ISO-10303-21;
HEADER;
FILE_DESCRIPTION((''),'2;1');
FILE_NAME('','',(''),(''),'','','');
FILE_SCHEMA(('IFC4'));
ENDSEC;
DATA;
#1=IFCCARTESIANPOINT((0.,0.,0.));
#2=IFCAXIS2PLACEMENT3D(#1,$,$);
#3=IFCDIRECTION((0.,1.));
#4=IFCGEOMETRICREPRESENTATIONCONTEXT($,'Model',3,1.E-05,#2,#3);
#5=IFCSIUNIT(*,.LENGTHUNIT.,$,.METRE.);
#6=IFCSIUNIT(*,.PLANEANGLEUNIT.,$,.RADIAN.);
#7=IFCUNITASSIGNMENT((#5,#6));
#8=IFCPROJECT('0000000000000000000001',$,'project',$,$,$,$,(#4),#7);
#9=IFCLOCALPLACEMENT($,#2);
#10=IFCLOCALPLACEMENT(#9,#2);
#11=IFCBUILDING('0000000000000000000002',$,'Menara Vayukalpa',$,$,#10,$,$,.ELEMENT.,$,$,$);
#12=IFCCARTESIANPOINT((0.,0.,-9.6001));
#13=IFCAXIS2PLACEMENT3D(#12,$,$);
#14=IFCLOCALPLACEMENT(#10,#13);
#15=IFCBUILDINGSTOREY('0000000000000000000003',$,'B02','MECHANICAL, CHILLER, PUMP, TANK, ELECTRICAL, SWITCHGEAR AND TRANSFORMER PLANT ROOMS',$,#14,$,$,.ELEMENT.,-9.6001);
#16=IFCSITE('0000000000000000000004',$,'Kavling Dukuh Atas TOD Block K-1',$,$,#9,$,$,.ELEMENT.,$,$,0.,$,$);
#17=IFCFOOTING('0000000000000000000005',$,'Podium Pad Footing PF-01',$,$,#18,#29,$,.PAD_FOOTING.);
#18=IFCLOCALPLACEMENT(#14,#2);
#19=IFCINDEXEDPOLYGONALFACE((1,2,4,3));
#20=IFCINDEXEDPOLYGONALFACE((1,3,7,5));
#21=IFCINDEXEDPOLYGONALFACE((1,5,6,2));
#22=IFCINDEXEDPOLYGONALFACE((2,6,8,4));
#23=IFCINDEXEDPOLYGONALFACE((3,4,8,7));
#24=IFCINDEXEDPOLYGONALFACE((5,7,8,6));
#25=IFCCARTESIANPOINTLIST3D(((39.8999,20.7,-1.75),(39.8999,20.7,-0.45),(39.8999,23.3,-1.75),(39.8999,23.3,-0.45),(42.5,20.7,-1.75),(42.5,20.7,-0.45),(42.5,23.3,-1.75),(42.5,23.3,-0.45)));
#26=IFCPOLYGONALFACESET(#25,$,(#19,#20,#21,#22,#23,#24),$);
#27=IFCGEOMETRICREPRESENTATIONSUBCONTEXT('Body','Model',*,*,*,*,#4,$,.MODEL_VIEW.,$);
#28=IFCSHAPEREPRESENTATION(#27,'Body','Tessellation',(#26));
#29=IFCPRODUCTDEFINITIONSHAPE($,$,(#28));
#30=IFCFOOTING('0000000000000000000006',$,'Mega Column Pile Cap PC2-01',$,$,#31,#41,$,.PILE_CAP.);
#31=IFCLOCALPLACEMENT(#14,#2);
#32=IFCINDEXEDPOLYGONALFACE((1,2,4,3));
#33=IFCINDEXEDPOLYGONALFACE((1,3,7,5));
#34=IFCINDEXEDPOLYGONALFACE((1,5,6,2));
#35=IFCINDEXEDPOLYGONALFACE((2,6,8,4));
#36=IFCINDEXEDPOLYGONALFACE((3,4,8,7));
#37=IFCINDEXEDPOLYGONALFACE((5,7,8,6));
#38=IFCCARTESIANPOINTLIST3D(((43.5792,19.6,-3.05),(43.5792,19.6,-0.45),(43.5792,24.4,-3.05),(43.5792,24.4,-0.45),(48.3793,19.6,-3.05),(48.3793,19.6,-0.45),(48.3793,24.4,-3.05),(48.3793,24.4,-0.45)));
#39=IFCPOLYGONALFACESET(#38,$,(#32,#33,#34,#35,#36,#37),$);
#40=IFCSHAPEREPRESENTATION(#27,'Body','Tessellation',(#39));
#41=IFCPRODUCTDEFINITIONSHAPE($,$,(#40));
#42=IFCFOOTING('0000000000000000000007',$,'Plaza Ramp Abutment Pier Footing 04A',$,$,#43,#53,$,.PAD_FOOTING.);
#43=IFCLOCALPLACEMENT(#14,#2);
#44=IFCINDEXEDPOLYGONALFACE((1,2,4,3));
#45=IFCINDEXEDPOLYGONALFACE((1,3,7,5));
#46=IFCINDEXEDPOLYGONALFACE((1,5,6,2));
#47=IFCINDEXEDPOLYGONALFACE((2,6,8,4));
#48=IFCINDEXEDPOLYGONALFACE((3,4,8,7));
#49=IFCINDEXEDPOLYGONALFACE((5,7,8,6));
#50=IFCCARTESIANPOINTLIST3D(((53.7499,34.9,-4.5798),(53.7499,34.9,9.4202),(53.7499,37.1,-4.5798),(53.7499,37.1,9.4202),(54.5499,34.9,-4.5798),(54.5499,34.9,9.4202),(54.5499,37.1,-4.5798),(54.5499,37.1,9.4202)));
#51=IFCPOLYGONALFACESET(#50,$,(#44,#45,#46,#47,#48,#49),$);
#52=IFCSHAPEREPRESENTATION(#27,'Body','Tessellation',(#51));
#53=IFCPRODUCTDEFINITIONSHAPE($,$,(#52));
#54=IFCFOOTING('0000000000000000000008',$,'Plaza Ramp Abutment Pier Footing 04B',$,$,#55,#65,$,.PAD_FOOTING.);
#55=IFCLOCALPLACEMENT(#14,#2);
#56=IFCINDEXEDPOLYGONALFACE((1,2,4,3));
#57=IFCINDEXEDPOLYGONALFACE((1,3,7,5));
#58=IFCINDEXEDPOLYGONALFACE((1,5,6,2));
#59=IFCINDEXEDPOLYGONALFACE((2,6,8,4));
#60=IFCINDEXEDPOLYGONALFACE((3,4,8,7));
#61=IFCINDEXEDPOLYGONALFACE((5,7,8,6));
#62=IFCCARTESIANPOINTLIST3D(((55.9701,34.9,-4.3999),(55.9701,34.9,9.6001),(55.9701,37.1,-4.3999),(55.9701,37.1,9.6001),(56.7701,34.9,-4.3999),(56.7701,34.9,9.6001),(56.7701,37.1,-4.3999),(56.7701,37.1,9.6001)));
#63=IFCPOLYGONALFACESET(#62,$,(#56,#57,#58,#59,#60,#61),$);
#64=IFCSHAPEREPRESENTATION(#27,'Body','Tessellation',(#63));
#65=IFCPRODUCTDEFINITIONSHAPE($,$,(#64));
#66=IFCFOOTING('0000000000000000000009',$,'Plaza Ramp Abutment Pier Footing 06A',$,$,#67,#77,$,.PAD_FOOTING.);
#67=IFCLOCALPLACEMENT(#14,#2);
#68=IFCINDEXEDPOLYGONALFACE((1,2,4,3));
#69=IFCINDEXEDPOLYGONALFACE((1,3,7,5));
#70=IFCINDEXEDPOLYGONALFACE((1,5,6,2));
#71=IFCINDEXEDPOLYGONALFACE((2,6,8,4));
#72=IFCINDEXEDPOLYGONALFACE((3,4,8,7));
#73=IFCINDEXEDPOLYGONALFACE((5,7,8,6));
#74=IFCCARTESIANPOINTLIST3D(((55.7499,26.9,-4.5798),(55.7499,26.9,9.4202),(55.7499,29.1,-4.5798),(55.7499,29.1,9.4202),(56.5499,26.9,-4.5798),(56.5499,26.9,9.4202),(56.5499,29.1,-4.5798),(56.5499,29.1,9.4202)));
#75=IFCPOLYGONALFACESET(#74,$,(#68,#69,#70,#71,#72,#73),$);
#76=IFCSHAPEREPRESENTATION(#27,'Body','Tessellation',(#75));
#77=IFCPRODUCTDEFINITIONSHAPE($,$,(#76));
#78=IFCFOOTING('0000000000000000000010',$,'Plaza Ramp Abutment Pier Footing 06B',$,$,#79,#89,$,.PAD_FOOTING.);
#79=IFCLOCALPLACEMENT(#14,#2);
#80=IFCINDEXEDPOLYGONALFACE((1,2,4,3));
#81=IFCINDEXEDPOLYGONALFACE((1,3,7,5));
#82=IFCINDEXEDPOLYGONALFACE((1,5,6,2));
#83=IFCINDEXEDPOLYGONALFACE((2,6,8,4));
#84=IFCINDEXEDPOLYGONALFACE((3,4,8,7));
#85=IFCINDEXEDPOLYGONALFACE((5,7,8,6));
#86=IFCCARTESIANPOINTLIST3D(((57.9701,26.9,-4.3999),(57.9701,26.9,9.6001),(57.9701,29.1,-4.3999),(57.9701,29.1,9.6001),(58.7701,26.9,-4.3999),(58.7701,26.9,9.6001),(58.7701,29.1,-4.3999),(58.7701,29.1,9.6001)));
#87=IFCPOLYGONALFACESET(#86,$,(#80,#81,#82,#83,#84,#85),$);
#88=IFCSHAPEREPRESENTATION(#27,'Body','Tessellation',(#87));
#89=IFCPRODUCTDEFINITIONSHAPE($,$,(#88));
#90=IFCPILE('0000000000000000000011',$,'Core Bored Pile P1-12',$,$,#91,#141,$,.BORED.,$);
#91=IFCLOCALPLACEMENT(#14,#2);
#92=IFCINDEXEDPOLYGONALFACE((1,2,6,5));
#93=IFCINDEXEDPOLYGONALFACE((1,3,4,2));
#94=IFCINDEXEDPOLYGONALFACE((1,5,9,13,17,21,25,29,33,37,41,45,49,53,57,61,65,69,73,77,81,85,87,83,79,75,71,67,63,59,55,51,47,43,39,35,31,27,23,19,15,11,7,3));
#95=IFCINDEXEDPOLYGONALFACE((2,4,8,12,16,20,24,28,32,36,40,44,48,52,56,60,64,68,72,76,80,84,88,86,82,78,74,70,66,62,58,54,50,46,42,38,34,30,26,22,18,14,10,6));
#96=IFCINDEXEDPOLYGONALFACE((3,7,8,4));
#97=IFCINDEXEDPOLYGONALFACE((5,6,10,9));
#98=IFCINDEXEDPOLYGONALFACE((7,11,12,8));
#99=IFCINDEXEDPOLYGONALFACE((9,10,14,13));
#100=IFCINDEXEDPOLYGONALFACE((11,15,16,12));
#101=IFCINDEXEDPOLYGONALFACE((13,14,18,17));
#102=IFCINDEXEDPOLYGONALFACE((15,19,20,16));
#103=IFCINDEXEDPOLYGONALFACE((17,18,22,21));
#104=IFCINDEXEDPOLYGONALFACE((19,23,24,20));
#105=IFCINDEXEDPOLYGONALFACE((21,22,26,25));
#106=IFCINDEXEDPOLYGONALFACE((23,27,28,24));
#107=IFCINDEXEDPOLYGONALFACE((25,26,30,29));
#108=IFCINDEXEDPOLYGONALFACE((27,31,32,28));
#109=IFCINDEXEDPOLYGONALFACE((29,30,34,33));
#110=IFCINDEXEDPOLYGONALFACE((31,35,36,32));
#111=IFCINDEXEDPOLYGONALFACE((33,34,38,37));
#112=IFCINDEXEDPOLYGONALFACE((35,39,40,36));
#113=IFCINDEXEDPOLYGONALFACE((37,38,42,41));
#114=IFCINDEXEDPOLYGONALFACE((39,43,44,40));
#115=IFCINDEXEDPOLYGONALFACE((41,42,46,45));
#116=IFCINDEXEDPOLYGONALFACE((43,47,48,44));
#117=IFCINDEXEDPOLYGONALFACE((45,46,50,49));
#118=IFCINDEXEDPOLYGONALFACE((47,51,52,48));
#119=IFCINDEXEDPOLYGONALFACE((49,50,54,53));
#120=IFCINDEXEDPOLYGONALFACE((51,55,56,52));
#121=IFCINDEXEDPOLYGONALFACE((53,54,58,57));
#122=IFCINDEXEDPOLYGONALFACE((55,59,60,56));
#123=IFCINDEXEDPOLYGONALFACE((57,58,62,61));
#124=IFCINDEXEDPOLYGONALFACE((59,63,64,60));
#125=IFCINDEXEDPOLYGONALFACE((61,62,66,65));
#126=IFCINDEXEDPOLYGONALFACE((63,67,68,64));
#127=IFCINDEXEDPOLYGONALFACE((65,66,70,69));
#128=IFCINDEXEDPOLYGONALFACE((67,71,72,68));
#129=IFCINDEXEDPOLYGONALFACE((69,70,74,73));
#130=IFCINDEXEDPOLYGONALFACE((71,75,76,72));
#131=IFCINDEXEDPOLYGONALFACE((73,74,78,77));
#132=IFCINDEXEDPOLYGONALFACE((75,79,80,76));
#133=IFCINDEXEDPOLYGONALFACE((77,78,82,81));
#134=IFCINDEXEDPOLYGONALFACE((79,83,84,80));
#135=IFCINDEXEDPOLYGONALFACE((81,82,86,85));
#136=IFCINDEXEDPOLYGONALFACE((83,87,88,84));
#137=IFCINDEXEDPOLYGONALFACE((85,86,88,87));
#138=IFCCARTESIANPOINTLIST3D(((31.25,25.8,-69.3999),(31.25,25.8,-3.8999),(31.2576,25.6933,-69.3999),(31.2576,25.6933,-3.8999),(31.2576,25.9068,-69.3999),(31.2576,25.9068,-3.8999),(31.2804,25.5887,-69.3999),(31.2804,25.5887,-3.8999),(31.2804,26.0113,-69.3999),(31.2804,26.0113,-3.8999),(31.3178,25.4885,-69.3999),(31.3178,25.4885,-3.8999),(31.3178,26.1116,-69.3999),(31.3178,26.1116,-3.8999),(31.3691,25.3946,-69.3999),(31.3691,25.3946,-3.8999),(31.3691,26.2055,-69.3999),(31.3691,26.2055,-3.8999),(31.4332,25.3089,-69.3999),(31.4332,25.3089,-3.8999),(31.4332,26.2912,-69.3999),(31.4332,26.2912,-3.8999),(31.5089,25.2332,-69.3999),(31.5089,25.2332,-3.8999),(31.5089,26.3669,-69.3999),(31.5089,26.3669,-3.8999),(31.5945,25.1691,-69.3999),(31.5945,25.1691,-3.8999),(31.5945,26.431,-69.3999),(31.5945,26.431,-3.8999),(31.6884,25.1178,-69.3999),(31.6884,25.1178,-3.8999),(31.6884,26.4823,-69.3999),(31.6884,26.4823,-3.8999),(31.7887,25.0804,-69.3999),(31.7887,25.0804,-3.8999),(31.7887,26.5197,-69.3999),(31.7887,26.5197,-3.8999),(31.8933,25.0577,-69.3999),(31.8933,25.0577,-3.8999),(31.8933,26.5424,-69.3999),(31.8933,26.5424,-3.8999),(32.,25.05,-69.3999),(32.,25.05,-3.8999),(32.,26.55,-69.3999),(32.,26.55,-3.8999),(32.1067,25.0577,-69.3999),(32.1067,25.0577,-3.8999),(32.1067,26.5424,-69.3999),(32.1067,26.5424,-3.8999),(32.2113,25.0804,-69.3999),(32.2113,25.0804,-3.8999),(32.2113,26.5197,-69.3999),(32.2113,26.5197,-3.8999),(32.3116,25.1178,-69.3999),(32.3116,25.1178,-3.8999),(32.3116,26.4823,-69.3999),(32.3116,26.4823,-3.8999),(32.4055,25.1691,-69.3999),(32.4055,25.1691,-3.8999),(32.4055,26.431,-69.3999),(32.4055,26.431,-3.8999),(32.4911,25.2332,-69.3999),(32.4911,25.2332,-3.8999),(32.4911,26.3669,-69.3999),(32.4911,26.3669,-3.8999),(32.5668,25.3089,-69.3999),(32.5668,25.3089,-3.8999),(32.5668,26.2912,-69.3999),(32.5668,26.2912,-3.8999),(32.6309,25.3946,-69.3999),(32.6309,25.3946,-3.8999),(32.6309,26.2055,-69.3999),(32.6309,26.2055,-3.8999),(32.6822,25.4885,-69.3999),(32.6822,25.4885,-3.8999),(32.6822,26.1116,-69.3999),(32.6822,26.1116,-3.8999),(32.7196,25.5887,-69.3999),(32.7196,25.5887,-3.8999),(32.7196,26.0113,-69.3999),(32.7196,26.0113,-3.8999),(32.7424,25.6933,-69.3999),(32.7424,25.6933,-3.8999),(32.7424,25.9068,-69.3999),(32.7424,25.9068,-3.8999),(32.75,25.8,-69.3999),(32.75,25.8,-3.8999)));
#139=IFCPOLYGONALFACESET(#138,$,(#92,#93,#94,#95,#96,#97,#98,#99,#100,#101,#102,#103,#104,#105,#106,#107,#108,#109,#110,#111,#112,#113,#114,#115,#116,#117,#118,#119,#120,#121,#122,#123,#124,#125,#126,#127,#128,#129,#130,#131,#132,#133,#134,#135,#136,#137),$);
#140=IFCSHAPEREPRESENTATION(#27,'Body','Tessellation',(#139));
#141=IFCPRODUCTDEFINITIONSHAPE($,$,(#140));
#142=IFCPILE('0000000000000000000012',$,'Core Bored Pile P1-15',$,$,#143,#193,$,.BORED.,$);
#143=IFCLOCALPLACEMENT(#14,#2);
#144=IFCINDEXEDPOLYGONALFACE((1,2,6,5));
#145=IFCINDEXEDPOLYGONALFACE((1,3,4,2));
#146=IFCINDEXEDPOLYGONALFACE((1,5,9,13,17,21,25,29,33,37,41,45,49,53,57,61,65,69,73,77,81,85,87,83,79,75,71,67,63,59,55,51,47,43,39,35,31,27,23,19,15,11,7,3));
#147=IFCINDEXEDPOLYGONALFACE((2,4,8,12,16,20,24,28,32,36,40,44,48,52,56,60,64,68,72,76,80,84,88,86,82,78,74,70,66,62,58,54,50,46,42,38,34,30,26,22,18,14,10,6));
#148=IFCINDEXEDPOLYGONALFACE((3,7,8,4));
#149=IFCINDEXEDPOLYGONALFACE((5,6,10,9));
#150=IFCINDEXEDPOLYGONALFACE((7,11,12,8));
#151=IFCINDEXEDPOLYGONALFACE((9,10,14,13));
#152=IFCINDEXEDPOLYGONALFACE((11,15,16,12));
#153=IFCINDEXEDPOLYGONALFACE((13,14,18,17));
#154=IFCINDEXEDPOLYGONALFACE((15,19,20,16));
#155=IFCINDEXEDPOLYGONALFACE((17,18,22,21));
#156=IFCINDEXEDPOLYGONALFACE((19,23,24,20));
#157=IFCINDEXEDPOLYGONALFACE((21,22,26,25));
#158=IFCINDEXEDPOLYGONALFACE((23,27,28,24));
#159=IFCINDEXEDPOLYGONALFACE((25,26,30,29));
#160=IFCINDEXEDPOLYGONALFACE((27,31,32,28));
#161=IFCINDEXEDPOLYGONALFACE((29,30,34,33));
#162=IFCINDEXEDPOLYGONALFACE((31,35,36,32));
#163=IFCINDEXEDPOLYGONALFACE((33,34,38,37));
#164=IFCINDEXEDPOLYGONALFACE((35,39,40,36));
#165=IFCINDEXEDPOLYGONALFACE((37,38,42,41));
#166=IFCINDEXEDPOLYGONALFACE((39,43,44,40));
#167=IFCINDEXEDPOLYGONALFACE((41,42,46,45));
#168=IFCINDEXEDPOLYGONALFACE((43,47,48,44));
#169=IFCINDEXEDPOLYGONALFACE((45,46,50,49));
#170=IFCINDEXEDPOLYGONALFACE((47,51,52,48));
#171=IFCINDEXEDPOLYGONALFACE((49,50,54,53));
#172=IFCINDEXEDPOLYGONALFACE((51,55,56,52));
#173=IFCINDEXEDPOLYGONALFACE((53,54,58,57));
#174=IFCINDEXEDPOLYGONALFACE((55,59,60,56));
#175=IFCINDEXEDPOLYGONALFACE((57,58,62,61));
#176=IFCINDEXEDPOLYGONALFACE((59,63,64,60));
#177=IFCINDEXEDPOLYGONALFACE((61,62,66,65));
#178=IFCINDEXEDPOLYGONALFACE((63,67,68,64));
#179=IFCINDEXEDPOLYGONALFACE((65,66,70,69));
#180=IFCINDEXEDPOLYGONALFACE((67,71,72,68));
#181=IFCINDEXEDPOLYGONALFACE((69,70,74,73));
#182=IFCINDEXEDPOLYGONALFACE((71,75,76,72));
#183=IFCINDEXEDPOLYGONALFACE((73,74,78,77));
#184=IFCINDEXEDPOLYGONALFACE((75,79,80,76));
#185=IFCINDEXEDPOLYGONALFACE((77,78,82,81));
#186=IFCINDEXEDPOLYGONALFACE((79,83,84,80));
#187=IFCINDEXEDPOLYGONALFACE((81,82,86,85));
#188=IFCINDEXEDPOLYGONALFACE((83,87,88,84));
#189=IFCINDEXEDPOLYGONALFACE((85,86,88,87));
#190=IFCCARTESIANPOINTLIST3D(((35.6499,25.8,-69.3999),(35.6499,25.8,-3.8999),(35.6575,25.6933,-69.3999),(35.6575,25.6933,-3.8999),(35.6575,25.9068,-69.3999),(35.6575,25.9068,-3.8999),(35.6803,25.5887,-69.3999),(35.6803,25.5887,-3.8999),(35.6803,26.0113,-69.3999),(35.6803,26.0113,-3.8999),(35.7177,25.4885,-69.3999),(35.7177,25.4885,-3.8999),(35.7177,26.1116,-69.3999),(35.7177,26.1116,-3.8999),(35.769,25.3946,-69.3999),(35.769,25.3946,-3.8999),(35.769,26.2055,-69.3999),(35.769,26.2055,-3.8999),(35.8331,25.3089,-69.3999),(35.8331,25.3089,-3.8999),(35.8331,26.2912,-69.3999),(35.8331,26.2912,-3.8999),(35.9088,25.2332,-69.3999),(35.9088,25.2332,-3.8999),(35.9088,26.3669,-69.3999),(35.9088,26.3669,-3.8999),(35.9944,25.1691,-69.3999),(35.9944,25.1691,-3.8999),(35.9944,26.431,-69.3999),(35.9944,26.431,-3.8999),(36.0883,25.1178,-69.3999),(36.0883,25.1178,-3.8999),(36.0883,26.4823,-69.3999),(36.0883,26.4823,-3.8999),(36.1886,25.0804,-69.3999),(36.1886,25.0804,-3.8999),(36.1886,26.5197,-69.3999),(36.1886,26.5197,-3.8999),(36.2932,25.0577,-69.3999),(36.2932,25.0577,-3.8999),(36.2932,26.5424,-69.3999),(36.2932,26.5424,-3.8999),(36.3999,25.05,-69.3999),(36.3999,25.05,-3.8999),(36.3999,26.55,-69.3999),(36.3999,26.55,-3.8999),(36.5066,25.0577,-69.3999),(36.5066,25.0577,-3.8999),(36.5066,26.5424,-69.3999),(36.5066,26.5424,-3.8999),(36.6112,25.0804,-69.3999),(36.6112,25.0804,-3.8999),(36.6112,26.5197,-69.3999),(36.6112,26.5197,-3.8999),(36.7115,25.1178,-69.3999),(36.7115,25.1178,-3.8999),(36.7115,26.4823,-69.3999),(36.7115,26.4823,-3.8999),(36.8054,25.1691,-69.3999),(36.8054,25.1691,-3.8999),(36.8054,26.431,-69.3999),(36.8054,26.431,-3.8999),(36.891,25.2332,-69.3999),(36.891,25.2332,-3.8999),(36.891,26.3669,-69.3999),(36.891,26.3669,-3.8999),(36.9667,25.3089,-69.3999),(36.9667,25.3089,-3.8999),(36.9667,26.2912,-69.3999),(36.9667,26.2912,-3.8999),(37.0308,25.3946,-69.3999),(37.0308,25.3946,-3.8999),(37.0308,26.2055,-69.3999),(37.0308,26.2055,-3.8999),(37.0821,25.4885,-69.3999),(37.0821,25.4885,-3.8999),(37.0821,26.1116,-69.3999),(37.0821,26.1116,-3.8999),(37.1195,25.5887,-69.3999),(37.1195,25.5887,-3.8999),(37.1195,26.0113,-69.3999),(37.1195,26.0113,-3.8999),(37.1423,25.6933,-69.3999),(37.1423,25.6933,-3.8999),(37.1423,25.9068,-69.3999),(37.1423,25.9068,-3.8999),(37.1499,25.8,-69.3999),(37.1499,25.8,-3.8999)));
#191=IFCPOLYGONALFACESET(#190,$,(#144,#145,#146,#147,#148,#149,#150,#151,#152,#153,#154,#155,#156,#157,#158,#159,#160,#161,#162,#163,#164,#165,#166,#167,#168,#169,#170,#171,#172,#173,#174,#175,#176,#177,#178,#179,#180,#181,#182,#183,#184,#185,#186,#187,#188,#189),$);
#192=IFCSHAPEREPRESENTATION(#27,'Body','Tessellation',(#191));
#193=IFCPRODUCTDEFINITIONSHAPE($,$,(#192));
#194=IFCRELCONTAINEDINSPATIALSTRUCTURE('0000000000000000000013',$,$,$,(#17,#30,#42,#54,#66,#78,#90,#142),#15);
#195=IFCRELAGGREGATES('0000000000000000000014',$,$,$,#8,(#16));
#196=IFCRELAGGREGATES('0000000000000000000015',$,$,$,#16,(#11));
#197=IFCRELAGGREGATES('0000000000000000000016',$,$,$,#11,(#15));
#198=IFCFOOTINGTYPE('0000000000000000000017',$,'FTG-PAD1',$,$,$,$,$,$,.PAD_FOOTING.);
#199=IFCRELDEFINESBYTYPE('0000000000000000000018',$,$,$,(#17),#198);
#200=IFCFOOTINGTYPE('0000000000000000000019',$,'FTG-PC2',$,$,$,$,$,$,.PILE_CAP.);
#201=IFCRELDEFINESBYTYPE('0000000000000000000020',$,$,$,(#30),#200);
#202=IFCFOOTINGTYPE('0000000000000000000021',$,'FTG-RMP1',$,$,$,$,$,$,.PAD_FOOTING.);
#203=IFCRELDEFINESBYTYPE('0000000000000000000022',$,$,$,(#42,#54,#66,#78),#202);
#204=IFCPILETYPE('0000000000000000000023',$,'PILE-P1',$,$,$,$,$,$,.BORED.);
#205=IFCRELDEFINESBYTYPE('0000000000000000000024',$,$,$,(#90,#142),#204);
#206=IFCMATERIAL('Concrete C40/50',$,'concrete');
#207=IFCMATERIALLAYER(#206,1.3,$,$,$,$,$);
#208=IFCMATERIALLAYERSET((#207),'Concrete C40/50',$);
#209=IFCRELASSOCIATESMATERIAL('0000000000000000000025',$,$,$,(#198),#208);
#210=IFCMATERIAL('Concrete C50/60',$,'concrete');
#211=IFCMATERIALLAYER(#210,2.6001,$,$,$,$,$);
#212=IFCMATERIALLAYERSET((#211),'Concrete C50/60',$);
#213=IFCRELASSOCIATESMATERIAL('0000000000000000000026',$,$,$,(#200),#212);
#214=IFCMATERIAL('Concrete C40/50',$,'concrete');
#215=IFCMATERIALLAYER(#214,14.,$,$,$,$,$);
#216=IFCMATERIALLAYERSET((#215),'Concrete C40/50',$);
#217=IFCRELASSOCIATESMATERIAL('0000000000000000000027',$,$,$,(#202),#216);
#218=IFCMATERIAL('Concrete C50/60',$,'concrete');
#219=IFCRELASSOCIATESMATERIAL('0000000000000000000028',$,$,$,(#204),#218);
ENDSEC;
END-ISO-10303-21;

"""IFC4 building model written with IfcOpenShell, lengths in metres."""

from ifc_helpers import new_model, si_unit, direction, frame, origin, origin_2d, place, context, subcontext, project, spatial, rectangle, circle, extrude, material, layer, layer_set, material_profile, profile_set, type_object, element, save


model = new_model("IFC4")

# Units and contexts
model_context = context("Model", 3, precision=1e-05, world=origin(), true_north=direction((0.0, 1.0)))
body_context = subcontext(model_context, "Body", "Model", "MODEL_VIEW")
ifc_project = project(units=[si_unit("LENGTHUNIT", "METRE"), si_unit("PLANEANGLEUNIT", "RADIAN")], contexts=[model_context])

# Site, building, storey
site_placement = place(None, origin())
site = spatial("IfcSite", under=ifc_project, at=site_placement, Name="Kavling Dukuh Atas TOD Block K-1", CompositionType="ELEMENT", RefElevation=0.0)
building_placement = place(site_placement, origin())
building = spatial("IfcBuilding", under=site, at=building_placement, Name="Menara Vayukalpa", CompositionType="ELEMENT")
storey_placement = place(building_placement, frame((0.0, 0.0, -9.6001)))
storey = spatial("IfcBuildingStorey", under=building, at=storey_placement, Name="B02", Description="MECHANICAL, CHILLER, PUMP, TANK, ELECTRICAL, SWITCHGEAR AND TRANSFORMER PLANT ROOMS", CompositionType="ELEMENT", Elevation=-9.6001)

# Footings
ifc_material_1 = material(Name="Concrete C40/50", Category="concrete")
ifc_layer_1 = layer(ifc_material_1, 1.3)
ifc_layer_set_1 = layer_set([ifc_layer_1], Name="Concrete C40/50")
footing_type_1 = type_object("IfcFootingType", Name="FTG-PAD1", PredefinedType="PAD_FOOTING", material=ifc_layer_set_1)
footing_1_placement = place(storey_placement, frame((41.2, 22.0, -1.75), z_axis=(0.0, 0.0, 1.0), x_axis=(1.0, 0.0, 0.0)))
element("IfcFooting", 1, at=footing_1_placement, inside=storey, type_object=footing_type_1, Name="Podium Pad Footing PF-01", PredefinedType="PAD_FOOTING", context=body_context, shape_type="SweptSolid", body=[
    extrude(rectangle(XDim=2.6001, YDim=2.6001, at=origin_2d()), origin(), (0.0, 0.0, 1.0), 1.3),
])
ifc_material_2 = material(Name="Concrete C50/60", Category="concrete")
ifc_layer_2 = layer(ifc_material_2, 2.6001)
ifc_layer_set_2 = layer_set([ifc_layer_2], Name="Concrete C50/60")
footing_type_2 = type_object("IfcFootingType", Name="FTG-PC2", PredefinedType="PILE_CAP", material=ifc_layer_set_2)
footing_2_placement = place(storey_placement, frame((45.9792, 22.0, -3.05), z_axis=(0.0, 0.0, 1.0), x_axis=(1.0, 0.0, 0.0)))
element("IfcFooting", 2, at=footing_2_placement, inside=storey, type_object=footing_type_2, Name="Mega Column Pile Cap PC2-01", PredefinedType="PILE_CAP", context=body_context, shape_type="SweptSolid", body=[
    extrude(rectangle(XDim=4.8, YDim=4.8, at=origin_2d()), origin(), (0.0, 0.0, 1.0), 2.6001),
])
ifc_material_3 = material(Name="Concrete C40/50", Category="concrete")
ifc_layer_3 = layer(ifc_material_3, 14.0)
ifc_layer_set_3 = layer_set([ifc_layer_3], Name="Concrete C40/50")
footing_type_3 = type_object("IfcFootingType", Name="FTG-RMP1", PredefinedType="PAD_FOOTING", material=ifc_layer_set_3)
for number, where, z_axis, x_axis, name in (
    (3, (54.1499, 36.0, -4.5798), (0.0, 0.0, 1.0), (1.0, 0.0, 0.0), "Plaza Ramp Abutment Pier Footing 04A"),
    (4, (56.3701, 36.0, -4.3999), (0.0, 0.0, 1.0), (1.0, 0.0, 0.0), "Plaza Ramp Abutment Pier Footing 04B"),
    (5, (56.1499, 28.0, -4.5798), (0.0, 0.0, 1.0), (1.0, 0.0, 0.0), "Plaza Ramp Abutment Pier Footing 06A"),
    (6, (58.3701, 28.0, -4.3999), (0.0, 0.0, 1.0), (1.0, 0.0, 0.0), "Plaza Ramp Abutment Pier Footing 06B"),
):
    element("IfcFooting", number, at=place(storey_placement, frame(where, z_axis=z_axis, x_axis=x_axis)), inside=storey, type_object=footing_type_3, Name=name, PredefinedType="PAD_FOOTING", context=body_context, shape_type="SweptSolid", body=[
        extrude(rectangle(XDim=0.8, YDim=2.2, at=origin_2d()), origin(), (0.0, 0.0, 1.0), 14.0),
    ])

# Piles
ifc_material_4 = material(Name="Concrete C50/60", Category="concrete")
ifc_material_profile_1 = material_profile(ifc_material_4, circle(Radius=0.75, at=origin_2d()), Name="PILE D1500")
ifc_profile_set_1 = profile_set([ifc_material_profile_1], Name="Concrete C50/60")
pile_type_1 = type_object("IfcPileType", Name="PILE-P1", PredefinedType="BORED", material=ifc_profile_set_1)
for number, where, z_axis, x_axis, name in (
    (7, (32.0, 25.8, -3.8999), (0.0, 0.0, -1.0), (1.0, 0.0, 0.0), "Core Bored Pile P1-12"),
    (8, (36.3999, 25.8, -3.8999), (0.0, 0.0, -1.0), (1.0, 0.0, 0.0), "Core Bored Pile P1-15"),
):
    element("IfcPile", number, at=place(storey_placement, frame(where, z_axis=z_axis, x_axis=x_axis)), inside=storey, type_object=pile_type_1, Name=name, PredefinedType="BORED", context=body_context, shape_type="SweptSolid", body=[
        extrude(circle(Radius=0.75, at=origin_2d()), origin(), (0.0, 0.0, 1.0), 65.5),
    ])

save(model, "model.ifc")
